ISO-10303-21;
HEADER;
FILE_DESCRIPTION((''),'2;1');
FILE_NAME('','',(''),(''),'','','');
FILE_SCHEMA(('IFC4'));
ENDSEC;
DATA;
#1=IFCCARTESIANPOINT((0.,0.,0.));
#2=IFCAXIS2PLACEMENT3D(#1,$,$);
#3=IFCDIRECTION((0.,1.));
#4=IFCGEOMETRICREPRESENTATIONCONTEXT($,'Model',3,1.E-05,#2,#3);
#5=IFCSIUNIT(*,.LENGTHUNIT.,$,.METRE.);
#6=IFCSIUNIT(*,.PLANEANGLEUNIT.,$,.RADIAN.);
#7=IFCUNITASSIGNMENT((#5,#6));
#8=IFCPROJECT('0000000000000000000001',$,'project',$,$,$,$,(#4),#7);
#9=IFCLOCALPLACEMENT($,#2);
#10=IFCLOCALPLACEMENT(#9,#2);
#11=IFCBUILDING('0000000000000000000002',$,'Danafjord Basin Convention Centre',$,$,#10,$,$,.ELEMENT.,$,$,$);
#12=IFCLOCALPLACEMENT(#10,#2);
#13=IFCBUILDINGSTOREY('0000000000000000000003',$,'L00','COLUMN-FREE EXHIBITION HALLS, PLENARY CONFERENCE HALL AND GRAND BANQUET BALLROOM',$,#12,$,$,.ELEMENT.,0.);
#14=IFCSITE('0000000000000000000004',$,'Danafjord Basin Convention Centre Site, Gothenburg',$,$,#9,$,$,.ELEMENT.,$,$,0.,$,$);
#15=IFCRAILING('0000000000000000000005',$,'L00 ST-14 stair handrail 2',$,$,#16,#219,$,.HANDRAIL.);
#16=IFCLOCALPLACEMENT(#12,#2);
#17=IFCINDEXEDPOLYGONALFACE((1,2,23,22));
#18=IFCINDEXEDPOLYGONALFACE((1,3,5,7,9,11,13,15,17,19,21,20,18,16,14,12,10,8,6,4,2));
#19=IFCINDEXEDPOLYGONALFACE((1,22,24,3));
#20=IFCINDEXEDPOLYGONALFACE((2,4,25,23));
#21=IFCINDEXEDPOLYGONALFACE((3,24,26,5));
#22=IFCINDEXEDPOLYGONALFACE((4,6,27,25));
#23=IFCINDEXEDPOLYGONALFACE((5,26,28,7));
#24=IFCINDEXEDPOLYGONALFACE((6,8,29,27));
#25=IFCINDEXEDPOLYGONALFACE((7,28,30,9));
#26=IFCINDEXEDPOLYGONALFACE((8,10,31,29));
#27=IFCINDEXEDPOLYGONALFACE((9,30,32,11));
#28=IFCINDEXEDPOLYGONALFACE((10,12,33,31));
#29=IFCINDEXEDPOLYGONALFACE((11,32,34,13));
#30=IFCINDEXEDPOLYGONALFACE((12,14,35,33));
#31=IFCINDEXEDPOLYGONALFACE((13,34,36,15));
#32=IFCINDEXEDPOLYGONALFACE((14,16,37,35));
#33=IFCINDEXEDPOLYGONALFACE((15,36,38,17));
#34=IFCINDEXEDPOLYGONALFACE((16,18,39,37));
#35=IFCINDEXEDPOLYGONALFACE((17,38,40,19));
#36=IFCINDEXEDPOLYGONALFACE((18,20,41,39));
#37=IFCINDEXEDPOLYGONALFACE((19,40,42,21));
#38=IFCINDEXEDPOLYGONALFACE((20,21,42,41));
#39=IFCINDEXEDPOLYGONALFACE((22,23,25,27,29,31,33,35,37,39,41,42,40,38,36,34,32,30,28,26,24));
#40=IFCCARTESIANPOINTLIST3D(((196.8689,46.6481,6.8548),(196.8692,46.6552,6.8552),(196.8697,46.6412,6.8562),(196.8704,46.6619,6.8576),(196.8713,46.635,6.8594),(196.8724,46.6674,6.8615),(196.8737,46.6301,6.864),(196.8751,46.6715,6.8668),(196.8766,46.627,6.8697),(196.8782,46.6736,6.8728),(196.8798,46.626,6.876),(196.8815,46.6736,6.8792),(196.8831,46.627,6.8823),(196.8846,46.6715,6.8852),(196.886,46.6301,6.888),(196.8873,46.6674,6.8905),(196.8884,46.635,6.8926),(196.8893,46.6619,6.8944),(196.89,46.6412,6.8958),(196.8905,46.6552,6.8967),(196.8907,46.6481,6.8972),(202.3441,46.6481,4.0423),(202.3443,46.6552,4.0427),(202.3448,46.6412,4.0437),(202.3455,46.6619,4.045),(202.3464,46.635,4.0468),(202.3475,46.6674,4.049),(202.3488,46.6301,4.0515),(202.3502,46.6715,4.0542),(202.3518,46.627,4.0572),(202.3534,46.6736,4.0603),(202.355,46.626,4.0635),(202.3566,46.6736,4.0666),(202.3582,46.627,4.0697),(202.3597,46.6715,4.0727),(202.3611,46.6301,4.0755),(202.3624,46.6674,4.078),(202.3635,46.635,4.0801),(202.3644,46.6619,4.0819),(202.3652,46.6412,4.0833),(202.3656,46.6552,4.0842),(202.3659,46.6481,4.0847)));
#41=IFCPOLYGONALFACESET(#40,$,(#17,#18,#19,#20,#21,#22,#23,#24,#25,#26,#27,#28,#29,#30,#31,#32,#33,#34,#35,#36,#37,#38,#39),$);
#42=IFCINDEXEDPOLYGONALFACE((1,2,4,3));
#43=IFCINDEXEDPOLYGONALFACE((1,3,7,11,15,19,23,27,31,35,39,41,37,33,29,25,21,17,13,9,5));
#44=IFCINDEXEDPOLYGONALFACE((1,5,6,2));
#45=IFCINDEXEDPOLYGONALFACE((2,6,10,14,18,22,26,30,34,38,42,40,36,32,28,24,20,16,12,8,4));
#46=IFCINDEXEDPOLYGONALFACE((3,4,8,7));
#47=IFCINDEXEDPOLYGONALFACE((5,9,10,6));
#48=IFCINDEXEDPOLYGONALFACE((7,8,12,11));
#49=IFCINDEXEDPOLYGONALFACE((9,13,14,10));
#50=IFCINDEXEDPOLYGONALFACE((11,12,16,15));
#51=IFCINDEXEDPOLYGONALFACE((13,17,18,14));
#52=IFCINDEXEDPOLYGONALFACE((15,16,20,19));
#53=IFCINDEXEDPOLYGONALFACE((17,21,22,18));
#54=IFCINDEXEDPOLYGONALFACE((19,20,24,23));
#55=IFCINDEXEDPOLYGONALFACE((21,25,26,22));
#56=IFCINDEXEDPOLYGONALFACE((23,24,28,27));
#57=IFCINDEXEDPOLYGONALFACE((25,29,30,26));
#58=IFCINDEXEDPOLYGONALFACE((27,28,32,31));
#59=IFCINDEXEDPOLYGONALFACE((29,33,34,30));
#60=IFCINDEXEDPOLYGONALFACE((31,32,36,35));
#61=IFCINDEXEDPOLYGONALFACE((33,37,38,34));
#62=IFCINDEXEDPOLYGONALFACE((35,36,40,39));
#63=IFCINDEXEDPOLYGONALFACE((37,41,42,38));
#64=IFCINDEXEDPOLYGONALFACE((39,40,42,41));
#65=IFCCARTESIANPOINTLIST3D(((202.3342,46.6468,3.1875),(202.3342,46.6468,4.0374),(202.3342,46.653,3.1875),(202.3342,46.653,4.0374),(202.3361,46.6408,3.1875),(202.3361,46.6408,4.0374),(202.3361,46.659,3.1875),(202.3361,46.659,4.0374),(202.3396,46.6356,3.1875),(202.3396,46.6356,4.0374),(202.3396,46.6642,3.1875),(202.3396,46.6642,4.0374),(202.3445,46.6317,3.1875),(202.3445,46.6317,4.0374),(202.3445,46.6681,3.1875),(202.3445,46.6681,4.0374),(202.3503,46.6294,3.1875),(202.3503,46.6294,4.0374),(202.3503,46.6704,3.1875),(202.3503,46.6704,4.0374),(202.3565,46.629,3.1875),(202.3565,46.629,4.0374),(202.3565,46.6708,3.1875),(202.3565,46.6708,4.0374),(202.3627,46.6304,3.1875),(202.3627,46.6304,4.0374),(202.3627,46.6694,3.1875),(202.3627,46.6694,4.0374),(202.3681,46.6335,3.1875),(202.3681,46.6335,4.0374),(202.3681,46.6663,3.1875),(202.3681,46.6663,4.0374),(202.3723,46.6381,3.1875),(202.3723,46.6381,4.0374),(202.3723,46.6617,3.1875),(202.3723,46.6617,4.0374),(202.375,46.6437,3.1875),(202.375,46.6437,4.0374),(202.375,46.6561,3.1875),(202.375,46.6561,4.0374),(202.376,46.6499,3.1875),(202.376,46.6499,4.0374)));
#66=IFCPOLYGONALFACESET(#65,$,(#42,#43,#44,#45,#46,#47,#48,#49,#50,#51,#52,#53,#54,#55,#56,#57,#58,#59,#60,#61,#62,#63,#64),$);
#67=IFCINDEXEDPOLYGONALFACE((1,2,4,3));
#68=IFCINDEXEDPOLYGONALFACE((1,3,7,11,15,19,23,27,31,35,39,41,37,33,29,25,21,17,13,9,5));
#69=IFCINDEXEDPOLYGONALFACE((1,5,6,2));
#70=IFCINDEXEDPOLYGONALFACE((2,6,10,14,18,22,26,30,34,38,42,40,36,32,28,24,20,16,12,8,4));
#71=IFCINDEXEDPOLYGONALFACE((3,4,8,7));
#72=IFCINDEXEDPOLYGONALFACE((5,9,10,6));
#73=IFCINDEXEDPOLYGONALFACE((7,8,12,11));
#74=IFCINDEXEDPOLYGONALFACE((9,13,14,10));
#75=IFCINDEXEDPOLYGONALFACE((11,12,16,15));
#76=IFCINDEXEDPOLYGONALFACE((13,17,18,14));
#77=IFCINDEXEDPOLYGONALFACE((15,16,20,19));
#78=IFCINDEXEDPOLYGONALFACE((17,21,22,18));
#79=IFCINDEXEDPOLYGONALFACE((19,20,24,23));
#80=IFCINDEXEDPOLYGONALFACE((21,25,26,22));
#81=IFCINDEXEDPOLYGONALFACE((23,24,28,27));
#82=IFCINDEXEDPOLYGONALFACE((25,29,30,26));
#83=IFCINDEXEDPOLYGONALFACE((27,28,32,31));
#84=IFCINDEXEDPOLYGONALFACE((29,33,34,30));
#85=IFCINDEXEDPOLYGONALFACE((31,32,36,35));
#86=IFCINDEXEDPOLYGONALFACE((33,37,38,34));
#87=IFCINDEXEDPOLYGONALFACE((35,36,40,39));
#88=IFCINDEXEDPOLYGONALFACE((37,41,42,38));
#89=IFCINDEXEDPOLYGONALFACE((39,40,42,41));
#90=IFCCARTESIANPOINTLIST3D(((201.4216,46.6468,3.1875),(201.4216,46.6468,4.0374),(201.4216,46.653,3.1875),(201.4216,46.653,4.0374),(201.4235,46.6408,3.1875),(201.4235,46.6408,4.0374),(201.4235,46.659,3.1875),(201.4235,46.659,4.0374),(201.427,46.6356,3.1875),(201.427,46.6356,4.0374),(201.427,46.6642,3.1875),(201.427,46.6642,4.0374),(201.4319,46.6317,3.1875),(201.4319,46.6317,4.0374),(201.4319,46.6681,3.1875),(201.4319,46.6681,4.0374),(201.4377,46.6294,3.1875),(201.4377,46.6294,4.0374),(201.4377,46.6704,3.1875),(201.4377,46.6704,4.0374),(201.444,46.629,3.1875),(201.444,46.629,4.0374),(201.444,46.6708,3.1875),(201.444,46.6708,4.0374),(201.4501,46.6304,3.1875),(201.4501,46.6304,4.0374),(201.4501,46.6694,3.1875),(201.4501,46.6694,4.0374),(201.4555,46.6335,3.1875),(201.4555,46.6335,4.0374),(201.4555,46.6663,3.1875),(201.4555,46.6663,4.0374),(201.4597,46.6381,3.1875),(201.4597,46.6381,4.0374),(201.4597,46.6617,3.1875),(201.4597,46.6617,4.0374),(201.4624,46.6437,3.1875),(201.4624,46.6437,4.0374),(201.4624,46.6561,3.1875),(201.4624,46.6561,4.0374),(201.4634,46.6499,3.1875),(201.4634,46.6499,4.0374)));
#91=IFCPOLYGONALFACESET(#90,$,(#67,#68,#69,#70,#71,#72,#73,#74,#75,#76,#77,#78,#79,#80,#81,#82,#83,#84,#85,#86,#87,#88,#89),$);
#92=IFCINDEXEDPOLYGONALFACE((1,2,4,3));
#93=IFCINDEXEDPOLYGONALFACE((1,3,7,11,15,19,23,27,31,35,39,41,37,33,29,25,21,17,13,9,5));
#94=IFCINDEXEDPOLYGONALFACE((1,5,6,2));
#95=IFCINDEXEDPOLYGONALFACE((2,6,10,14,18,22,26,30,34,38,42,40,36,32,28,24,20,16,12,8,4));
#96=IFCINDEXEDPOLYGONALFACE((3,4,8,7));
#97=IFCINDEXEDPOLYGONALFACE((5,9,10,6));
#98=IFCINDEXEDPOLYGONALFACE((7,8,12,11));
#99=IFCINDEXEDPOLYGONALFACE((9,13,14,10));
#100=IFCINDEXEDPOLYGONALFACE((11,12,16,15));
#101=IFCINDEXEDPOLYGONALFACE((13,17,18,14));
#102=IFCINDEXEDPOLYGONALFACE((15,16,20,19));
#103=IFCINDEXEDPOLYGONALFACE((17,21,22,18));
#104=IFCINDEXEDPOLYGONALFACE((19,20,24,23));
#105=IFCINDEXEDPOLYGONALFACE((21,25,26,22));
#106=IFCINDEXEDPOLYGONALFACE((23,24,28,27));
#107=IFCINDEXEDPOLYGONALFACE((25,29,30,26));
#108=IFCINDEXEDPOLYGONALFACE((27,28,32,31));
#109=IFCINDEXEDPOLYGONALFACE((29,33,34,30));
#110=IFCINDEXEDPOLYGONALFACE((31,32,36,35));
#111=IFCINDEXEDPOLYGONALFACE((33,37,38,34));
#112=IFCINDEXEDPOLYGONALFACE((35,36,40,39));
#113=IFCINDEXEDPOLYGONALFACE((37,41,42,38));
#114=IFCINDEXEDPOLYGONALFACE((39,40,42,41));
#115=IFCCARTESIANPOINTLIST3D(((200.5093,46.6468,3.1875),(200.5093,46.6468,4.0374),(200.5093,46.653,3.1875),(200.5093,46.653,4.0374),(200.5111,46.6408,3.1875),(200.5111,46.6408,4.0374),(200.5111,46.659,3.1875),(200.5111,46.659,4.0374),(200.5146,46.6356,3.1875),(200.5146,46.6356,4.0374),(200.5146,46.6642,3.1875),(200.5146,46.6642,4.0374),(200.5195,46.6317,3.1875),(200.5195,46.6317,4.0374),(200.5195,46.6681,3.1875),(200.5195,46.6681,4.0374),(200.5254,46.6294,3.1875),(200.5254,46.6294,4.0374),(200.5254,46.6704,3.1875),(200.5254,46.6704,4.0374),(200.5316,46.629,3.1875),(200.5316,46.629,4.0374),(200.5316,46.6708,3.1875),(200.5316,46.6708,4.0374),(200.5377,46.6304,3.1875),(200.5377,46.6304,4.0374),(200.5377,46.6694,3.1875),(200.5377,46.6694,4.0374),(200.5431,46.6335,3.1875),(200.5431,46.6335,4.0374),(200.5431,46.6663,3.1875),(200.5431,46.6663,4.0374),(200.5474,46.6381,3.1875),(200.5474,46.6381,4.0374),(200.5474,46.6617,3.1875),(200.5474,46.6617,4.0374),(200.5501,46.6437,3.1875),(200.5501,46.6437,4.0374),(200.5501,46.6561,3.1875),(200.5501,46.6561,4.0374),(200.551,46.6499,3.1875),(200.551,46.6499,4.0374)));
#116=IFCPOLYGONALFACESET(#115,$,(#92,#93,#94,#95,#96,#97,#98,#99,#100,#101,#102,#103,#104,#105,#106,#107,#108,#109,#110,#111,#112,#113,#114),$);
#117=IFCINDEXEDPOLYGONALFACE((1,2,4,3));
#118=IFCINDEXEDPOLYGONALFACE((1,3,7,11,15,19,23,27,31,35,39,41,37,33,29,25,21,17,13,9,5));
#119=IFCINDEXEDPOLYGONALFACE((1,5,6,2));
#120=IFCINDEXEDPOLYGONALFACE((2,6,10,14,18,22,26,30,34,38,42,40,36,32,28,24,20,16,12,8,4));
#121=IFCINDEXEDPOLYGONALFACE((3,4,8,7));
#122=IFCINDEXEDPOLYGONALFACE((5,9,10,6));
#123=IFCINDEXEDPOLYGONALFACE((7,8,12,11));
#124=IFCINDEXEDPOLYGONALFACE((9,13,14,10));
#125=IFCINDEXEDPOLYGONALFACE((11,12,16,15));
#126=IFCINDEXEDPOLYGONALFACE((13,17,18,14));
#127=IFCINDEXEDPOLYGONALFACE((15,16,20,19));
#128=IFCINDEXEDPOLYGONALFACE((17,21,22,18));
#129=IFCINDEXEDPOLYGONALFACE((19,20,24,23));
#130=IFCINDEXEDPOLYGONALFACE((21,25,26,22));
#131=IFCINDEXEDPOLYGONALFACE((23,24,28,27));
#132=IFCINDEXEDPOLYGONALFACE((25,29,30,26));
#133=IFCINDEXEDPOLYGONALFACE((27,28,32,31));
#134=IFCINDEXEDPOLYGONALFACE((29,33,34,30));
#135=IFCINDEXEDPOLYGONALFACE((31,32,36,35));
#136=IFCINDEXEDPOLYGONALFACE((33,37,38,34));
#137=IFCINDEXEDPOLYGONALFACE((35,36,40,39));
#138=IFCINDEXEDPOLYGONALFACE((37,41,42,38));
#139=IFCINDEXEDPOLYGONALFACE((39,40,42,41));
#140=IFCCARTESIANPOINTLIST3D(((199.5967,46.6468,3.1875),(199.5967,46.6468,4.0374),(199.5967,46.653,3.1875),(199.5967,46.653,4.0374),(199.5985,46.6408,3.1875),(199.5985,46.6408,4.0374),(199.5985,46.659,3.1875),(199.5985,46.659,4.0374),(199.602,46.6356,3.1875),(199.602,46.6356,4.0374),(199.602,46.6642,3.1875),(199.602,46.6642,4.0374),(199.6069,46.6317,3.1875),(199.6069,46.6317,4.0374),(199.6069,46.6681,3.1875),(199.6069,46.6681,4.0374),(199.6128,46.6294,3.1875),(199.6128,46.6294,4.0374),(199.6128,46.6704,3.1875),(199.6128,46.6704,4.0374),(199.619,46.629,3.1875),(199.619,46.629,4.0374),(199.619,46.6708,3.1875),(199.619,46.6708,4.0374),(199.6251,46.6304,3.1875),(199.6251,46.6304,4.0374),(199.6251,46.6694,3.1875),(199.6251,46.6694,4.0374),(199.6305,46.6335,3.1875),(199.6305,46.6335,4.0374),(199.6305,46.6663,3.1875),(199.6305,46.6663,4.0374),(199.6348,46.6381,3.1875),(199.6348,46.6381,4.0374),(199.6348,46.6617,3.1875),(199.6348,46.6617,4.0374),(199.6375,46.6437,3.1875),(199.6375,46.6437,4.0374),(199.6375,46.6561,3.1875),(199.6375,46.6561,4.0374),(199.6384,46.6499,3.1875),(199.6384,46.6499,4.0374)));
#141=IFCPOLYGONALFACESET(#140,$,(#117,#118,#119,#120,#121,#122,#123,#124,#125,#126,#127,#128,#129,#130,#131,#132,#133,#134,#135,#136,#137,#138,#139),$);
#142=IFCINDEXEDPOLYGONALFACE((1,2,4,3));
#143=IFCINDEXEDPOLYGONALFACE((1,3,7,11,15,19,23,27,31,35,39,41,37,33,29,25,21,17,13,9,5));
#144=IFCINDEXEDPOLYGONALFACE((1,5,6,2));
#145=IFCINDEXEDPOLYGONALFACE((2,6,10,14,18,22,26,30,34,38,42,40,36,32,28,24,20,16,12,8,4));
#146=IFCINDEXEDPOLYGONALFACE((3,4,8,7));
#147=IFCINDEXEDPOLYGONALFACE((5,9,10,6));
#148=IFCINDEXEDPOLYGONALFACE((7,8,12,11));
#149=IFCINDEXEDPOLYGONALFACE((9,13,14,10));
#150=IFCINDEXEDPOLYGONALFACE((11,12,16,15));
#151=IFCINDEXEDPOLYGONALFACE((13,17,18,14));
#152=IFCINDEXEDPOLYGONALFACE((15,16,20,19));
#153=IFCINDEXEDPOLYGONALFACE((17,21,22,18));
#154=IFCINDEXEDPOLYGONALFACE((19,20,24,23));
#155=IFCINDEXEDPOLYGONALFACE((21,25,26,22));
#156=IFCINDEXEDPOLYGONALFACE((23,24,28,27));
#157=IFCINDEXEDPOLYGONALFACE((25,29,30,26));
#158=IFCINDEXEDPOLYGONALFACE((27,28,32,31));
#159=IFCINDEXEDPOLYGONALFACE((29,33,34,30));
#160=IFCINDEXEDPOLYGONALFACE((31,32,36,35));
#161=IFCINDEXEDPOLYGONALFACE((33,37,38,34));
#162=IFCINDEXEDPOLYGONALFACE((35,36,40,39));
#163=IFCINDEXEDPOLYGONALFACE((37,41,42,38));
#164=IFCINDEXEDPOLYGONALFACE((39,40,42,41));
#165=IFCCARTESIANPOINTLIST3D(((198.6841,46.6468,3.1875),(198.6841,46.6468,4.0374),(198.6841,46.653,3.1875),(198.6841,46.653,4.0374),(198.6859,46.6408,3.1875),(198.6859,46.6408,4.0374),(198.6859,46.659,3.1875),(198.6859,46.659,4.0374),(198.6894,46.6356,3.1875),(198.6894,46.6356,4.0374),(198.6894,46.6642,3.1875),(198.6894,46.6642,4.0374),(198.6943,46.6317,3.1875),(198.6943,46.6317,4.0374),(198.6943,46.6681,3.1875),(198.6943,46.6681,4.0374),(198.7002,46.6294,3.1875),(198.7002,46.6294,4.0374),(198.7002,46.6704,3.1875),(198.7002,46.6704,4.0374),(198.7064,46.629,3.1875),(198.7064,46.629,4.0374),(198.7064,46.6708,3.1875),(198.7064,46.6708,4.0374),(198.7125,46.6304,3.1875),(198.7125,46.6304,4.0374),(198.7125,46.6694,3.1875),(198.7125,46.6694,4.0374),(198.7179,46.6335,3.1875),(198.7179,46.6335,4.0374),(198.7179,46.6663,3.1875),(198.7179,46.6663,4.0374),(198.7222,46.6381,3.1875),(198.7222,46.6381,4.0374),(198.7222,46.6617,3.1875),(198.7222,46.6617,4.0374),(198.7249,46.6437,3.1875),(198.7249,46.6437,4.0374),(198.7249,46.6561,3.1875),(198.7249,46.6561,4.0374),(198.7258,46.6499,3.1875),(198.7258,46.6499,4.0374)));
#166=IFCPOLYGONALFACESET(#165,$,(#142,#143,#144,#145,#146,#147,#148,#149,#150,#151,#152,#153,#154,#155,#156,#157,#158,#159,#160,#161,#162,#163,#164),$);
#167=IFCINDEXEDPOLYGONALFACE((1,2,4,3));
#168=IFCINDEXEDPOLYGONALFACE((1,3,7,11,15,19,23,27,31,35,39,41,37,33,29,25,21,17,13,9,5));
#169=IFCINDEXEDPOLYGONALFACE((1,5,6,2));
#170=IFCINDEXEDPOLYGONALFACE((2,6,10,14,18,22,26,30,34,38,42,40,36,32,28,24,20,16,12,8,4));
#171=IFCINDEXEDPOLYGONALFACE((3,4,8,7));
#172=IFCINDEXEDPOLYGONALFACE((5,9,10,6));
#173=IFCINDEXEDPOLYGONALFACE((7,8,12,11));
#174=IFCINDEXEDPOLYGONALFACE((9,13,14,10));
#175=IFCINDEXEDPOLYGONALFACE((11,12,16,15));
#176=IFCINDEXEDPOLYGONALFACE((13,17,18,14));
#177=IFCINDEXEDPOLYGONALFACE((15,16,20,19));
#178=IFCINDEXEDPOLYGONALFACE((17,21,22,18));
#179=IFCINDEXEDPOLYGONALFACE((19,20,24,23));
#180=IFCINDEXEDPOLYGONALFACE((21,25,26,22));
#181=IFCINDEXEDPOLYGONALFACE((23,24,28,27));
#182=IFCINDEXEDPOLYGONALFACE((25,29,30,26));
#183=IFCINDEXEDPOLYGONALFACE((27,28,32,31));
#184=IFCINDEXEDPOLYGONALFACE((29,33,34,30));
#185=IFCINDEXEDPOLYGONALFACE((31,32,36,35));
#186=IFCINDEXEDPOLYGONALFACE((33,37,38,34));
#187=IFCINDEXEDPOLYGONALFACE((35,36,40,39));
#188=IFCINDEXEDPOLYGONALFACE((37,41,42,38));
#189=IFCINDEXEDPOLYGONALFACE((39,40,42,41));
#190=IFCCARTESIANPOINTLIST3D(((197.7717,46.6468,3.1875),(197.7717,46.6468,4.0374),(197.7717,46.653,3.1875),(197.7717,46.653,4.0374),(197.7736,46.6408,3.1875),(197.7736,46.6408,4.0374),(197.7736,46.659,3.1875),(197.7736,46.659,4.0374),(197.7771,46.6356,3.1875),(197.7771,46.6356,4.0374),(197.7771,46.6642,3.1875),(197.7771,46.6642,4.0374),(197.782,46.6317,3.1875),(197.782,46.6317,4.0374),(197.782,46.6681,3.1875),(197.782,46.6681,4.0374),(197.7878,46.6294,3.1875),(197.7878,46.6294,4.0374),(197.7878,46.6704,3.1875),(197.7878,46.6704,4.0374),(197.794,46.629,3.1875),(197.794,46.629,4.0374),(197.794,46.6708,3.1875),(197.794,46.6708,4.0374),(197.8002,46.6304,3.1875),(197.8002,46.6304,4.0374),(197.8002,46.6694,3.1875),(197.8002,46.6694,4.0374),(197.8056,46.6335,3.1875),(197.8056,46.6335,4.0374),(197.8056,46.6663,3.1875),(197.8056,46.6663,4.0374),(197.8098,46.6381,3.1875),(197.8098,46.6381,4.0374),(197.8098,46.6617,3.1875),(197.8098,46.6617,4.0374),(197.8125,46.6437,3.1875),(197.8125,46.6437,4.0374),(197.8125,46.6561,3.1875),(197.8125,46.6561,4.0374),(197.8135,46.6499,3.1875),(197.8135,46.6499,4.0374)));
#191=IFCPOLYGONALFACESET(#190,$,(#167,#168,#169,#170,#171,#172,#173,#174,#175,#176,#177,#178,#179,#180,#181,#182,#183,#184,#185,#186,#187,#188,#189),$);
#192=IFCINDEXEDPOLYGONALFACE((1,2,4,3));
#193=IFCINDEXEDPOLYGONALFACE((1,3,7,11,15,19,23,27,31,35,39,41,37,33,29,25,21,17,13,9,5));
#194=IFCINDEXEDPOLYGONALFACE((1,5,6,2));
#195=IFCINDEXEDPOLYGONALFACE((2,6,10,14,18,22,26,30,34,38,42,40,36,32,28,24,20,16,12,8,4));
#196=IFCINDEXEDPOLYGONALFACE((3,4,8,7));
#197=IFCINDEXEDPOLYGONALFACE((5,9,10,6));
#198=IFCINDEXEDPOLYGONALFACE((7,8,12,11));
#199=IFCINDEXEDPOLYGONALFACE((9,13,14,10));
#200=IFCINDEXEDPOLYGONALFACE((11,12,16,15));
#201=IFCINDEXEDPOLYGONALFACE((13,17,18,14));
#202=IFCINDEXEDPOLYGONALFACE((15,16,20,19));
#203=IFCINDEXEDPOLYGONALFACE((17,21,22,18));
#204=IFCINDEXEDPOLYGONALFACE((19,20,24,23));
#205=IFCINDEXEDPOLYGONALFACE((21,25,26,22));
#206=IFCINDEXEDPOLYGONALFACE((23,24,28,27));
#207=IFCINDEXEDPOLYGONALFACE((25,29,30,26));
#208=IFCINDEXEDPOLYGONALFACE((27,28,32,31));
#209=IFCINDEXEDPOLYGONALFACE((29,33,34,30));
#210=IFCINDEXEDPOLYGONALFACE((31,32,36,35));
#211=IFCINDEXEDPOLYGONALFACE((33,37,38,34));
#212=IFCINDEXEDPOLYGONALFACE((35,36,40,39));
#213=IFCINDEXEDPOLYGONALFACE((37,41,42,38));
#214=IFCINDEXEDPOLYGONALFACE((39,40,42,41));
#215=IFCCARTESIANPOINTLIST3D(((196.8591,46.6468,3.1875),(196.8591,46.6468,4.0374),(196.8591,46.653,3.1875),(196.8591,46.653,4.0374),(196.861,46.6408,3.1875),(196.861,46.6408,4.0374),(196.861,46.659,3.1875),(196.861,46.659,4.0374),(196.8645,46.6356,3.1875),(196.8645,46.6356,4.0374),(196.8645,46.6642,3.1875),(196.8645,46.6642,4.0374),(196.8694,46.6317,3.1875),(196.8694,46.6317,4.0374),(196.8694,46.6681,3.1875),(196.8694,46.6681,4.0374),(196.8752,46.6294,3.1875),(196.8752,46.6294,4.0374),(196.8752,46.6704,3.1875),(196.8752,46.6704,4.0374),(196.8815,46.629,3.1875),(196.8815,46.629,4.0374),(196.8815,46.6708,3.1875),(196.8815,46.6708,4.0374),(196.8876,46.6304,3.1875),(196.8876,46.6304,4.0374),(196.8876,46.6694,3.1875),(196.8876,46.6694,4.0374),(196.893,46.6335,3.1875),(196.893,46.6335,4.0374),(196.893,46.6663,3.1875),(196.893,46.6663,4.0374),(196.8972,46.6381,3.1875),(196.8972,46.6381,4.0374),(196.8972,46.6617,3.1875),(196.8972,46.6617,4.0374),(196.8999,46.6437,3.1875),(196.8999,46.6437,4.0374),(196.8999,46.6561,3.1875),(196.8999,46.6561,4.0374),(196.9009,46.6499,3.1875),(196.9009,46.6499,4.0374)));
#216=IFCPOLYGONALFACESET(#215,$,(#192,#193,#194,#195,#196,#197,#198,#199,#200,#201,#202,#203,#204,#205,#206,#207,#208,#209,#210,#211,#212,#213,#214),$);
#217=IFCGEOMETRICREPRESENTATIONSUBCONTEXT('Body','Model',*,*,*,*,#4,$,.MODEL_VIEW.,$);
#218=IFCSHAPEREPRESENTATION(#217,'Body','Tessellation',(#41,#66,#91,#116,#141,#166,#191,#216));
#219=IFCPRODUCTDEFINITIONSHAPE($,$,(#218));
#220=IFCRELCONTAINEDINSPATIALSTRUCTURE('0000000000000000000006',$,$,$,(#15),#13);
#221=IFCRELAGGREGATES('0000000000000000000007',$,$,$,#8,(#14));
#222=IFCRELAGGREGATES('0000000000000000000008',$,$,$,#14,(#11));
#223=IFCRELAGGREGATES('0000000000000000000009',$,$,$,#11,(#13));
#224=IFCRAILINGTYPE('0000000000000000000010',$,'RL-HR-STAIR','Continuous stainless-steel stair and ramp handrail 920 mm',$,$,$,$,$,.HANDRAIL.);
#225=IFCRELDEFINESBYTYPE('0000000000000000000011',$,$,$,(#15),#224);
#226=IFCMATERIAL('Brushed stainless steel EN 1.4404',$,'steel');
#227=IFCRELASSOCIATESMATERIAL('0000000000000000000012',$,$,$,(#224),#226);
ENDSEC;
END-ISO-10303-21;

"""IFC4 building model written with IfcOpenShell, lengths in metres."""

from ifc_helpers import new_model, si_unit, direction, frame, origin, origin_2d, place, context, subcontext, project, spatial, circle, extrude, material, type_object, element, save


model = new_model("IFC4")

# Units and contexts
model_context = context("Model", 3, precision=1e-05, world=origin(), true_north=direction((0.0, 1.0)))
body_context = subcontext(model_context, "Body", "Model", "MODEL_VIEW")
ifc_project = project(units=[si_unit("LENGTHUNIT", "METRE"), si_unit("PLANEANGLEUNIT", "RADIAN")], contexts=[model_context])

# Site, building, storey
site_placement = place(None, origin())
site = spatial("IfcSite", under=ifc_project, at=site_placement, Name="Danafjord Basin Convention Centre Site, Gothenburg", CompositionType="ELEMENT", RefElevation=0.0)
building_placement = place(site_placement, origin())
building = spatial("IfcBuilding", under=site, at=building_placement, Name="Danafjord Basin Convention Centre", CompositionType="ELEMENT")
storey_placement = place(building_placement, origin())
storey = spatial("IfcBuildingStorey", under=building, at=storey_placement, Name="L00", Description="COLUMN-FREE EXHIBITION HALLS, PLENARY CONFERENCE HALL AND GRAND BANQUET BALLROOM", CompositionType="ELEMENT", Elevation=0.0)

# Railing
ifc_material_1 = material(Name="Brushed stainless steel EN 1.4404", Category="steel")
railing_type_1 = type_object("IfcRailingType", Name="RL-HR-STAIR", Description="Continuous stainless-steel stair and ramp handrail 920 mm", PredefinedType="HANDRAIL", material=ifc_material_1)
railing_1_placement = place(storey_placement, frame((202.355, 46.6499, 3.1875)))
element("IfcRailing", 1, at=railing_1_placement, inside=storey, type_object=railing_type_1, Name="L00 ST-14 stair handrail 2", PredefinedType="HANDRAIL", context=body_context, shape_type="SweptSolid", body=[
    extrude(circle(Radius=0.0239, at=origin_2d()), frame((0.0, 0.0, 0.876), z_axis=(-0.889503, 0.0, 0.456929), x_axis=(0.0, -1.0, 0.0)), (0.0, 0.0, 1.0), 6.1553),
    extrude(circle(Radius=0.021, at=origin_2d()), origin(), (0.0, 0.0, 1.0), 0.8499),
    extrude(circle(Radius=0.021, at=origin_2d()), frame((-0.9126, 0.0, 0.0)), (0.0, 0.0, 1.0), 0.8499),
    extrude(circle(Radius=0.021, at=origin_2d()), frame((-1.825, 0.0, 0.0)), (0.0, 0.0, 1.0), 0.8499),
    extrude(circle(Radius=0.021, at=origin_2d()), frame((-2.7375, 0.0, 0.0)), (0.0, 0.0, 1.0), 0.8499),
    extrude(circle(Radius=0.021, at=origin_2d()), frame((-3.6501, 0.0, 0.0)), (0.0, 0.0, 1.0), 0.8499),
    extrude(circle(Radius=0.021, at=origin_2d()), frame((-4.5625, 0.0, 0.0)), (0.0, 0.0, 1.0), 0.8499),
    extrude(circle(Radius=0.021, at=origin_2d()), frame((-5.4751, 0.0, 0.0)), (0.0, 0.0, 1.0), 0.8499),
])

save(model, "model.ifc")
